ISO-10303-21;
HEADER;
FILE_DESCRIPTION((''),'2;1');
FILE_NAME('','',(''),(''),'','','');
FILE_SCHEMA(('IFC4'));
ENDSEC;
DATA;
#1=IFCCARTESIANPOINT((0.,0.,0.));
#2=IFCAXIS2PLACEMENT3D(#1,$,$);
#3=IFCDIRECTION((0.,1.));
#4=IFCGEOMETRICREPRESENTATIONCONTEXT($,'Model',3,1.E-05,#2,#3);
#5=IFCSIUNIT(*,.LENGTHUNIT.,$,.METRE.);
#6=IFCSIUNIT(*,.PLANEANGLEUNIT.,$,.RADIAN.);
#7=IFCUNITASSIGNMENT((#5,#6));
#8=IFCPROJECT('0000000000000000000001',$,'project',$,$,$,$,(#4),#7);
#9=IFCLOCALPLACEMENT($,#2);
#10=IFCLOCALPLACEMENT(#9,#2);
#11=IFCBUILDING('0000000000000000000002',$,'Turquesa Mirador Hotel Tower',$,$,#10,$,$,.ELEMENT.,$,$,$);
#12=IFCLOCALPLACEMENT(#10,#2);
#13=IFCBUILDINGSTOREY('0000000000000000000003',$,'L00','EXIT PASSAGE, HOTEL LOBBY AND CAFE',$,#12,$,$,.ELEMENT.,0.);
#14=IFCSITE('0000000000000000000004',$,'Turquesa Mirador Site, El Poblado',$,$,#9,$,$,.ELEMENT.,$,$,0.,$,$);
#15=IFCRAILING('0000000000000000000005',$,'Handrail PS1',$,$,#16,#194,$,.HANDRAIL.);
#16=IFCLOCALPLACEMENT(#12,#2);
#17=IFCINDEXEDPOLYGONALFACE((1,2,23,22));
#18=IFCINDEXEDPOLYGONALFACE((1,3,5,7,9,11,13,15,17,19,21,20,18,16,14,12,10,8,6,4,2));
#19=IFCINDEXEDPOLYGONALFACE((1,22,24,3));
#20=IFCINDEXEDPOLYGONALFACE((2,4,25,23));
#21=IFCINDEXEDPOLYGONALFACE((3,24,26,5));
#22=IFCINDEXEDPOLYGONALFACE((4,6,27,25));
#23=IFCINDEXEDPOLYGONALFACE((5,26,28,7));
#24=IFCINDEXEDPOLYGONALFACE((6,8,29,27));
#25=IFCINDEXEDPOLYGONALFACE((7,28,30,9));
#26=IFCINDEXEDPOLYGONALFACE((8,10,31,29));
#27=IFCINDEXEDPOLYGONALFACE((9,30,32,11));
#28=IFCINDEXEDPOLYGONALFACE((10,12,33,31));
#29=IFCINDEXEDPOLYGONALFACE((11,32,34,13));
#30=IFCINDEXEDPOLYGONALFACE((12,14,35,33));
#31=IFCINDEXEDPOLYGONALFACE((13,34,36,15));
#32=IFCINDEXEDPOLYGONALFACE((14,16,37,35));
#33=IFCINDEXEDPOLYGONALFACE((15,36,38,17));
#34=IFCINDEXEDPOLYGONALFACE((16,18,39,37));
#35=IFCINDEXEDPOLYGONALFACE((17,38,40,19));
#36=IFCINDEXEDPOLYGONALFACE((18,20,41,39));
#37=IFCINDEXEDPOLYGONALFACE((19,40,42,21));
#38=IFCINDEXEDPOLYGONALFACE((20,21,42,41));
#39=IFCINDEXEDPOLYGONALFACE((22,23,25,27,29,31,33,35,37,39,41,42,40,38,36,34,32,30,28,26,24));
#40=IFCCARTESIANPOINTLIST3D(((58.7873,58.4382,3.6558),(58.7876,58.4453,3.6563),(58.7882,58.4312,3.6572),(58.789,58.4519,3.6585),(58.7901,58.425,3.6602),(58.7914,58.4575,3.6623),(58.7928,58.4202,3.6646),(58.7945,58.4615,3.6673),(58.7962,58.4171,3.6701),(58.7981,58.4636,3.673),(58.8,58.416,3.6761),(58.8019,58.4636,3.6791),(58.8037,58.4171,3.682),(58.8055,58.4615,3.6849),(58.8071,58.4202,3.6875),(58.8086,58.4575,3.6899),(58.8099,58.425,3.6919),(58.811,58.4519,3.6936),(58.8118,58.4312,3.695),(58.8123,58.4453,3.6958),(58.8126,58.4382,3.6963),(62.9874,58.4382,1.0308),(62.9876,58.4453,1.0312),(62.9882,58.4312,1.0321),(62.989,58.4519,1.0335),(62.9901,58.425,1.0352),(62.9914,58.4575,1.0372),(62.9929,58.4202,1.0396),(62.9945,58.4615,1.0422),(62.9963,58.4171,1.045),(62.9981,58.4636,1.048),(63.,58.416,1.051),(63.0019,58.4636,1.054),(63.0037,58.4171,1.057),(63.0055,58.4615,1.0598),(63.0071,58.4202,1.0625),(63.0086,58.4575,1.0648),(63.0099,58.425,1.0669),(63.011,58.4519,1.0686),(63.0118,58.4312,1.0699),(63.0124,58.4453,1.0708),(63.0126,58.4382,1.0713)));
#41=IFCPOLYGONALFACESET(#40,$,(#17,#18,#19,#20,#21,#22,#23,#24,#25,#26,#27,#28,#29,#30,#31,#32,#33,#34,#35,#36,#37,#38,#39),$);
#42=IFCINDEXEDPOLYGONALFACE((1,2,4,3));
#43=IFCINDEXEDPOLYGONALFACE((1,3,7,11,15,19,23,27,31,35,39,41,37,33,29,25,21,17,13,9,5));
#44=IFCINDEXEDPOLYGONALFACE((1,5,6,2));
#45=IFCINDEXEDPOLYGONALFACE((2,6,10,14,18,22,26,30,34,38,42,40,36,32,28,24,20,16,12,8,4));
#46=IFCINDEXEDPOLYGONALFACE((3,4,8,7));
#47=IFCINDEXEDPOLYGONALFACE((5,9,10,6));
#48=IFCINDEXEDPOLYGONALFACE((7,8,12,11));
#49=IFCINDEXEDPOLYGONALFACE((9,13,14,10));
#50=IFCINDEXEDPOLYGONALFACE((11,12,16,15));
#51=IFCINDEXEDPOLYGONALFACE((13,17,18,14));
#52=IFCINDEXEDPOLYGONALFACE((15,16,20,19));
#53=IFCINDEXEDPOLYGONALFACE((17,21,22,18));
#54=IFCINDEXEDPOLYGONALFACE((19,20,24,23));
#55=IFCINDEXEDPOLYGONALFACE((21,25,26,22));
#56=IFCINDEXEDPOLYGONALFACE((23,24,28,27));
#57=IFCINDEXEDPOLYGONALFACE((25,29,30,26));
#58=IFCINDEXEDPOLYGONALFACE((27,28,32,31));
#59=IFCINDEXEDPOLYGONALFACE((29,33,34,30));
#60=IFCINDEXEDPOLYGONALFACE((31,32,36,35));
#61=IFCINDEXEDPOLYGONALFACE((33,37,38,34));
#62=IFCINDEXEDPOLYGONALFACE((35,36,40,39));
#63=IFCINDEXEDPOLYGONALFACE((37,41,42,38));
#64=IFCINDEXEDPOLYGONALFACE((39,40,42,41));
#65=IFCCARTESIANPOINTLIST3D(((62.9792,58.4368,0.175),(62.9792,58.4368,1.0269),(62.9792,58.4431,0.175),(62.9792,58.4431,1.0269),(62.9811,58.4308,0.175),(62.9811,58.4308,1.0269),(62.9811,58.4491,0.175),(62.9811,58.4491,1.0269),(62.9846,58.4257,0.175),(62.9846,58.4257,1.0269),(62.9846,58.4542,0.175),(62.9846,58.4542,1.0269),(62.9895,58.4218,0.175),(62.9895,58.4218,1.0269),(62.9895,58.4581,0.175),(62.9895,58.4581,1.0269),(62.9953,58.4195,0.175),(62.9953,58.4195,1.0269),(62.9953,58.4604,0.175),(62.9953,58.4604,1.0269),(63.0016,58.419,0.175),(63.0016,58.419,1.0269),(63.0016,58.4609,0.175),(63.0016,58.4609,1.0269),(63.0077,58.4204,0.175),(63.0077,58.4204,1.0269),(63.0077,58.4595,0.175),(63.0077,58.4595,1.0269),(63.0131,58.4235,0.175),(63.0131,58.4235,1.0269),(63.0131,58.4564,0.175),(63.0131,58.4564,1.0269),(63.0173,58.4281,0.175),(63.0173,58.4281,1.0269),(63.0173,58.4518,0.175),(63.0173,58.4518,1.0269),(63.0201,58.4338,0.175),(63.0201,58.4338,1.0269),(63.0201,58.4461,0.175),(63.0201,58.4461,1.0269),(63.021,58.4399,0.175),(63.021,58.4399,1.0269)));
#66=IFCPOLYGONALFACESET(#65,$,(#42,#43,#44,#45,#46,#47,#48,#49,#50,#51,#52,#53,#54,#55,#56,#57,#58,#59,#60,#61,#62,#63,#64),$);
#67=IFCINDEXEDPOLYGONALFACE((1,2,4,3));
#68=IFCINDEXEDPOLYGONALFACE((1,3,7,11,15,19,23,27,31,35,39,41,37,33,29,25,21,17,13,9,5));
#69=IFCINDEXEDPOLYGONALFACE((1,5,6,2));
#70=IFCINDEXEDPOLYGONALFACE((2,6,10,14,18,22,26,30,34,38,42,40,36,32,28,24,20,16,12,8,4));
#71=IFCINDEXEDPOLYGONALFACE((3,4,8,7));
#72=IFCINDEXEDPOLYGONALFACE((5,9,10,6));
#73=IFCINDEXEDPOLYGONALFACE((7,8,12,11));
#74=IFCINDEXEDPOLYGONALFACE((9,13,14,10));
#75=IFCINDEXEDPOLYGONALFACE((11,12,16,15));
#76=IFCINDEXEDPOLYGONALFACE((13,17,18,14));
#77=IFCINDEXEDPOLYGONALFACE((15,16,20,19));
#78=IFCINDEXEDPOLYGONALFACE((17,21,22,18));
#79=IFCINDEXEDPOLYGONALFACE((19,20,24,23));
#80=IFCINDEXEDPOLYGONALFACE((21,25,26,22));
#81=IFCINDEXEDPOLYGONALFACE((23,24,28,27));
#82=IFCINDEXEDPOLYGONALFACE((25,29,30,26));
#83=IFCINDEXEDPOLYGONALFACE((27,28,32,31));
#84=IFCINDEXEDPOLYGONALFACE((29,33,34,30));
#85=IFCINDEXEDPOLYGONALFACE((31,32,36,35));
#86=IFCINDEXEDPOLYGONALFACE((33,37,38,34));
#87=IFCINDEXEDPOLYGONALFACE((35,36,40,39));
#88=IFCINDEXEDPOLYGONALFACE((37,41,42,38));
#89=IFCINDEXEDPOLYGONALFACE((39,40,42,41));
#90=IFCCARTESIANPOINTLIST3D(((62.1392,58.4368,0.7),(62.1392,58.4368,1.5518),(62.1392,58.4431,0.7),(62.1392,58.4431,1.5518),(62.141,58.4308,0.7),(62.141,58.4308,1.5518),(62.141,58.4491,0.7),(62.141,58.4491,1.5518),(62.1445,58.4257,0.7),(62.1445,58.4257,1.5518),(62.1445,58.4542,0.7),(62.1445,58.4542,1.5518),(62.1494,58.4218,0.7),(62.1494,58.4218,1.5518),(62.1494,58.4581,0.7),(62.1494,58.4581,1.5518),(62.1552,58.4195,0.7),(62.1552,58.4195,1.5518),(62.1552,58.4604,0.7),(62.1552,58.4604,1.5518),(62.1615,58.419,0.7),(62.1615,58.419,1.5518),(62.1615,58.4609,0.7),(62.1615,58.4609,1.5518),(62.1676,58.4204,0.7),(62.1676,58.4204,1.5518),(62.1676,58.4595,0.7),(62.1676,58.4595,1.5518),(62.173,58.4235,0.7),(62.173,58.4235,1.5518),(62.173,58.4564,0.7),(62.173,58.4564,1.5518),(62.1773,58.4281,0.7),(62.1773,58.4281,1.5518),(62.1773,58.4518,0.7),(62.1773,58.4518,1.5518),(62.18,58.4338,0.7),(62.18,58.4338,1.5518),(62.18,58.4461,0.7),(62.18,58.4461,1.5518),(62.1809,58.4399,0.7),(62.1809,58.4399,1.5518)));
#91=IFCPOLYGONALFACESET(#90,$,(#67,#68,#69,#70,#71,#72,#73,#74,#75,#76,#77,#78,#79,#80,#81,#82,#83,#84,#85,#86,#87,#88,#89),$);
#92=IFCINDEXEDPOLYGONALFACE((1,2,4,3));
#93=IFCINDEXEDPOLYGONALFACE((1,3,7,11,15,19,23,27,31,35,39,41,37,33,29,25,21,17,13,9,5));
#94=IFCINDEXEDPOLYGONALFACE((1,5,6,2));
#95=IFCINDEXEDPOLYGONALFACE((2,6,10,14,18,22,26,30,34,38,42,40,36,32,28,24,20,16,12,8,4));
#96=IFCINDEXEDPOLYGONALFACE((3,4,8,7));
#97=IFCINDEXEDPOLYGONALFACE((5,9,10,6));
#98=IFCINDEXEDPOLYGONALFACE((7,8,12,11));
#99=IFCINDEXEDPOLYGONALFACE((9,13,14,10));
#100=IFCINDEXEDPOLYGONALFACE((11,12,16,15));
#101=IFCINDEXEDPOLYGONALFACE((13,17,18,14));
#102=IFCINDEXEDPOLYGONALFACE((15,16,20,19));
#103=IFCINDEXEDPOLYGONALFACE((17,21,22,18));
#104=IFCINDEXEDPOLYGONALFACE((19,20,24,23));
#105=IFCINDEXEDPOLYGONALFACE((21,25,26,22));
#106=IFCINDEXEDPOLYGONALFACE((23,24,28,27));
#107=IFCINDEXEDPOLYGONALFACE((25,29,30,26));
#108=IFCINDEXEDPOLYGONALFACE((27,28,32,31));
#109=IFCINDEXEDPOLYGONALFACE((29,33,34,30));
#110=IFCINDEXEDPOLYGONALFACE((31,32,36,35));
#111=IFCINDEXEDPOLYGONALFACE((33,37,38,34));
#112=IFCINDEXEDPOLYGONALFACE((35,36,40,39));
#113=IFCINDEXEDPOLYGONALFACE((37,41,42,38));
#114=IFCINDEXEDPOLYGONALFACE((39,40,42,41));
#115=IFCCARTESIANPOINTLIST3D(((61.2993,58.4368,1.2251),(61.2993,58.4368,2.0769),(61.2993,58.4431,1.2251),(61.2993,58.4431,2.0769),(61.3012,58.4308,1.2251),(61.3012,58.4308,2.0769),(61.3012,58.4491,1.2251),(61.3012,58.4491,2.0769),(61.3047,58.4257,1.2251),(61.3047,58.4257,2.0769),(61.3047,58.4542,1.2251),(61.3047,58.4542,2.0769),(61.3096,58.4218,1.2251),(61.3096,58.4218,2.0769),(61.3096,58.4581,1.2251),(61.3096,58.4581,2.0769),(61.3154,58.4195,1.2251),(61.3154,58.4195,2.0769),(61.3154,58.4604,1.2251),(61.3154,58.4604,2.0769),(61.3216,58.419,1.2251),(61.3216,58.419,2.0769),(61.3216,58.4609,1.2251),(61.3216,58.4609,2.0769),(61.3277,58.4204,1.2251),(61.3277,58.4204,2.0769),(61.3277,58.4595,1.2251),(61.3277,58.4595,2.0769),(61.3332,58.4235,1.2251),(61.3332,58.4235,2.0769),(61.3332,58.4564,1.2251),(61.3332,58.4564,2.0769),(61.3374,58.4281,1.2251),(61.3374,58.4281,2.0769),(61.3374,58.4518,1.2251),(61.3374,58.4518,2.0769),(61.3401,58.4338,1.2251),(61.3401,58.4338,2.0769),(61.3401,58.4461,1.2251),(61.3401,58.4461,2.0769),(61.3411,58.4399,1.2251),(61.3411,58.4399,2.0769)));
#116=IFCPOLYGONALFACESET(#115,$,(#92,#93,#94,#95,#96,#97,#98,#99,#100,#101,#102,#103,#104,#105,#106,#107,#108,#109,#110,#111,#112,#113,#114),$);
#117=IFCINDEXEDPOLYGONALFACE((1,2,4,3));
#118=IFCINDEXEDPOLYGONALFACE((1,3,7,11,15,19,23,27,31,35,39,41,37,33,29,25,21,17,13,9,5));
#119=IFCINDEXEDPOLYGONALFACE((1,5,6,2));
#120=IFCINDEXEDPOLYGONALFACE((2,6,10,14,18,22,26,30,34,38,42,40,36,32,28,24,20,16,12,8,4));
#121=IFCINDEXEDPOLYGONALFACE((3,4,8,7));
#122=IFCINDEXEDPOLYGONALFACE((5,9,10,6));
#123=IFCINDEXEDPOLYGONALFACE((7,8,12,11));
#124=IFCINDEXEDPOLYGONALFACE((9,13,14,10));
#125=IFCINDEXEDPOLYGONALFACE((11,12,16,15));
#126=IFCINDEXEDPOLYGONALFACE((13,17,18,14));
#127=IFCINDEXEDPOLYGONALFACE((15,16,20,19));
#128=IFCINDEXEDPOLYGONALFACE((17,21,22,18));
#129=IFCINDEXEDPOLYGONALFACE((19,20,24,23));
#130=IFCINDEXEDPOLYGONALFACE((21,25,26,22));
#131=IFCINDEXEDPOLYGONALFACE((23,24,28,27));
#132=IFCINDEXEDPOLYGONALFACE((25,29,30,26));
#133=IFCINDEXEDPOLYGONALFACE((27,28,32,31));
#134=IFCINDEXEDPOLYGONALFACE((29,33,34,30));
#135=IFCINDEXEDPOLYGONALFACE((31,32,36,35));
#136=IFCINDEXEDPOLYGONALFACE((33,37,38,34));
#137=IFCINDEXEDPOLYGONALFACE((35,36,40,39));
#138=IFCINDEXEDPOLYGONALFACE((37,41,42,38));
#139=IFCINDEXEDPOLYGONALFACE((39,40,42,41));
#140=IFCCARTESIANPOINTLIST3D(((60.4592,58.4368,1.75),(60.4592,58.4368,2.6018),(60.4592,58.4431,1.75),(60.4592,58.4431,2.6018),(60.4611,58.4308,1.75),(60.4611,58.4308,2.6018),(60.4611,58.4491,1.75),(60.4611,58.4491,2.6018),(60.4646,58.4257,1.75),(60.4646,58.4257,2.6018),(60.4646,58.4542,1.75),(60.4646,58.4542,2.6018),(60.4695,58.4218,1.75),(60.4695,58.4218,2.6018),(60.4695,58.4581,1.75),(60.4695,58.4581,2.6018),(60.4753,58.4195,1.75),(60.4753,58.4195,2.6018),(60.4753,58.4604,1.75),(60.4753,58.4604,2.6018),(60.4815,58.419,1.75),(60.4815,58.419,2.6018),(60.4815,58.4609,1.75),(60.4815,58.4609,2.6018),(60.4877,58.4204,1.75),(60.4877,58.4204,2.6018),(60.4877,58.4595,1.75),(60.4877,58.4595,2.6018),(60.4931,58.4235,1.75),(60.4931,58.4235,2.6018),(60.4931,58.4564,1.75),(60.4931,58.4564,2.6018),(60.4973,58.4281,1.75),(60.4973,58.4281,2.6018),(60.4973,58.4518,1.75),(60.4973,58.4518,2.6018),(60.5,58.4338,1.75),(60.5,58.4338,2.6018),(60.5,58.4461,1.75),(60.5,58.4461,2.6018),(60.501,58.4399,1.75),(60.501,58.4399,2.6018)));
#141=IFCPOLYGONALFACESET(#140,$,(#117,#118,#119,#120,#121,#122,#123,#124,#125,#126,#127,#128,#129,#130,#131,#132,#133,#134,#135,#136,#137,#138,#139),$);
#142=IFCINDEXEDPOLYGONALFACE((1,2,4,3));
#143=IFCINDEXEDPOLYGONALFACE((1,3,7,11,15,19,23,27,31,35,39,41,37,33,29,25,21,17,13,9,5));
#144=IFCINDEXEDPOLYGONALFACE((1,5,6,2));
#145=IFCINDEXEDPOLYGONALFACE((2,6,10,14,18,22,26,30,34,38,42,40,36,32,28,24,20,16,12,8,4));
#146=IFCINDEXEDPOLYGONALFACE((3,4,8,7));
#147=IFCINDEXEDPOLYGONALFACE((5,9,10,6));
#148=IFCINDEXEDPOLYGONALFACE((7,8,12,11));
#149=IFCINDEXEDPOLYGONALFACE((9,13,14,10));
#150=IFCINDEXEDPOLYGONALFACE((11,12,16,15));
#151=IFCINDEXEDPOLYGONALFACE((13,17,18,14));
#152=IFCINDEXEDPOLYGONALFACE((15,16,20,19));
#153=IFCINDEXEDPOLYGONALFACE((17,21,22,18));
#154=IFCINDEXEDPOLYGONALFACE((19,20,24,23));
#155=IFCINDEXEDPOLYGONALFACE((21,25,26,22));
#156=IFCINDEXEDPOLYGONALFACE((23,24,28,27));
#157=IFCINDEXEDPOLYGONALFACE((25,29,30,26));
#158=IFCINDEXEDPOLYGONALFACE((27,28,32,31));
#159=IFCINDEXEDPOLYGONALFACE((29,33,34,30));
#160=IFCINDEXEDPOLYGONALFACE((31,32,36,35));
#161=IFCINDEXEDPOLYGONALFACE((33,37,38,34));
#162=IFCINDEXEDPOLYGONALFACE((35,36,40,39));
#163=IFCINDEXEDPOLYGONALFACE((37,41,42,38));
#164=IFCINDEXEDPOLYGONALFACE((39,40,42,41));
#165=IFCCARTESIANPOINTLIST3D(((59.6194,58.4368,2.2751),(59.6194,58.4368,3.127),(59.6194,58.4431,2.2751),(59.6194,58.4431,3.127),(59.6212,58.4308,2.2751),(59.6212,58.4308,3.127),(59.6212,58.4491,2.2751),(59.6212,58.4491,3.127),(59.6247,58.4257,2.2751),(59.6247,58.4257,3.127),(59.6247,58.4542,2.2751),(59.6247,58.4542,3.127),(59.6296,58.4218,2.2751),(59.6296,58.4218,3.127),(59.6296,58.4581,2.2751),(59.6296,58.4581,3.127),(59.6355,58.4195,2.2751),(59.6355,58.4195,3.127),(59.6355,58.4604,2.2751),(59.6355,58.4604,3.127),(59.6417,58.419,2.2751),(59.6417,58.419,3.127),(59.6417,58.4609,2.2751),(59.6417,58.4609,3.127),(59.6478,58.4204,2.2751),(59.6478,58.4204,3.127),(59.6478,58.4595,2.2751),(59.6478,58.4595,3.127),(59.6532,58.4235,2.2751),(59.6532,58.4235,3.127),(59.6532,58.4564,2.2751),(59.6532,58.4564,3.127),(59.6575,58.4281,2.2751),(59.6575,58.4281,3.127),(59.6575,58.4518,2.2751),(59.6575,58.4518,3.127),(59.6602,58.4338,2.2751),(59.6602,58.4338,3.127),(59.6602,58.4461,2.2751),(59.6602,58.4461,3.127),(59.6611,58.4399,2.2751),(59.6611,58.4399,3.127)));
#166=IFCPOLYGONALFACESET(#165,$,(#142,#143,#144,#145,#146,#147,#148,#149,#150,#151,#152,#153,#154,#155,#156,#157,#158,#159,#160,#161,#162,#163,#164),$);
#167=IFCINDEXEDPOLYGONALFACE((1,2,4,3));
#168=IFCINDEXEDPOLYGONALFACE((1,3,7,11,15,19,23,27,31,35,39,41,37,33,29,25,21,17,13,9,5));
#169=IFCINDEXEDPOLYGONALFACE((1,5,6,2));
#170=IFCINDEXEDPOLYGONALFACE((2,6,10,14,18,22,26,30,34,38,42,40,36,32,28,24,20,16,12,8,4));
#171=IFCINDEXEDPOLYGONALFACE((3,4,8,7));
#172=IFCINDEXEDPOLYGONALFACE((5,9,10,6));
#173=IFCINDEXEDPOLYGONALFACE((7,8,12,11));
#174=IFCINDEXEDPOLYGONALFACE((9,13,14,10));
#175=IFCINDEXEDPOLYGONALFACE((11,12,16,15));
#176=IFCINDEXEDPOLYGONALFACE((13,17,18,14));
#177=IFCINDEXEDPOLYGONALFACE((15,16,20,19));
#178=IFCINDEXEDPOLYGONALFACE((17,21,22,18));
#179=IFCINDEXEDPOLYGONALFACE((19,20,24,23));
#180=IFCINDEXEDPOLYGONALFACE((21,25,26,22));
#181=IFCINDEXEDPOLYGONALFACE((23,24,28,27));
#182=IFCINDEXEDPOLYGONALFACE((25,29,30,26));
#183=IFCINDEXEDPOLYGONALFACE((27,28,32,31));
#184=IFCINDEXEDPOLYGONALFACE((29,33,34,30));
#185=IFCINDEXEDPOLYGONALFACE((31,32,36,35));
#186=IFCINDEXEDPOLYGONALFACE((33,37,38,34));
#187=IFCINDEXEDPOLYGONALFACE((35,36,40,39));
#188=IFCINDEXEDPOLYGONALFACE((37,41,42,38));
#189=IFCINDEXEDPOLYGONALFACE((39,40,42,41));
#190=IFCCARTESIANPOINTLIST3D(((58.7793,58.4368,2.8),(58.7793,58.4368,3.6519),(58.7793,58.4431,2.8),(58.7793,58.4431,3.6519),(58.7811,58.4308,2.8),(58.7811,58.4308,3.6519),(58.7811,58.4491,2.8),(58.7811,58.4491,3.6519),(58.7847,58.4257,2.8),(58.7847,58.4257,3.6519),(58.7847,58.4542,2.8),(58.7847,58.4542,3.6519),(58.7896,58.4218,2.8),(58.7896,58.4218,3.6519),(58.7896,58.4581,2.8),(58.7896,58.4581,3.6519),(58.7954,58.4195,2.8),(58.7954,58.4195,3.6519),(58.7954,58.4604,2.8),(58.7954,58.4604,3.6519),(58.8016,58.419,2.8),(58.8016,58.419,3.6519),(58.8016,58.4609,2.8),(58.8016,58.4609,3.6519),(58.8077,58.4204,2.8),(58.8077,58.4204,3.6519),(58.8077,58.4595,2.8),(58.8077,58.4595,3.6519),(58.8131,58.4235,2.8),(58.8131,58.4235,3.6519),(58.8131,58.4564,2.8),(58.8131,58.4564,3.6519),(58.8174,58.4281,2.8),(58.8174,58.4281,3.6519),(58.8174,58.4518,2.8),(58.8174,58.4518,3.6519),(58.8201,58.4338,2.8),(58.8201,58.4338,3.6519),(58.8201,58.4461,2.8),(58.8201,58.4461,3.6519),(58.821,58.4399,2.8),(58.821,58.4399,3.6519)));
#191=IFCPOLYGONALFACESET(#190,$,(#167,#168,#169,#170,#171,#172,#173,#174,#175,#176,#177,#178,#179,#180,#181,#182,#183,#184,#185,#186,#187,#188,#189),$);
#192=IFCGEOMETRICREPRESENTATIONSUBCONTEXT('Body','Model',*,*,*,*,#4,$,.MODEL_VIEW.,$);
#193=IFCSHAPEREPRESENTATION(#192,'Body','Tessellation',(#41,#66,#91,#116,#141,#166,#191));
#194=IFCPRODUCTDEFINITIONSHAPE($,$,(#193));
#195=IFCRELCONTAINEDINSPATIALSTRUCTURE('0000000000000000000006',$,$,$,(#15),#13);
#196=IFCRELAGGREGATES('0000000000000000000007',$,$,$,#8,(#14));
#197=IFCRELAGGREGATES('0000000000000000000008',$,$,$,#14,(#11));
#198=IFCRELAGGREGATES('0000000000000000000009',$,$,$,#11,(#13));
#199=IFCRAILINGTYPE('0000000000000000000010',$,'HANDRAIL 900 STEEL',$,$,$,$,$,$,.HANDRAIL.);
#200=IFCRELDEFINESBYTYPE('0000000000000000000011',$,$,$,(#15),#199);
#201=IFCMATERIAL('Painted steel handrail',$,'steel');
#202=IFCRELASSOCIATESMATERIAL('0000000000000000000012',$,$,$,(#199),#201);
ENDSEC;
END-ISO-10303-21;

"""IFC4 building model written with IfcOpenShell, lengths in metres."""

from ifc_helpers import new_model, si_unit, direction, frame, origin, origin_2d, place, context, subcontext, project, spatial, circle, extrude, material, type_object, element, save


model = new_model("IFC4")

# Units and contexts
model_context = context("Model", 3, precision=1e-05, world=origin(), true_north=direction((0.0, 1.0)))
body_context = subcontext(model_context, "Body", "Model", "MODEL_VIEW")
ifc_project = project(units=[si_unit("LENGTHUNIT", "METRE"), si_unit("PLANEANGLEUNIT", "RADIAN")], contexts=[model_context])

# Site, building, storey
site_placement = place(None, origin())
site = spatial("IfcSite", under=ifc_project, at=site_placement, Name="Turquesa Mirador Site, El Poblado", CompositionType="ELEMENT", RefElevation=0.0)
building_placement = place(site_placement, origin())
building = spatial("IfcBuilding", under=site, at=building_placement, Name="Turquesa Mirador Hotel Tower", CompositionType="ELEMENT")
storey_placement = place(building_placement, origin())
storey = spatial("IfcBuildingStorey", under=building, at=storey_placement, Name="L00", Description="EXIT PASSAGE, HOTEL LOBBY AND CAFE", CompositionType="ELEMENT", Elevation=0.0)

# Railing
ifc_material_1 = material(Name="Painted steel handrail", Category="steel")
railing_type = type_object("IfcRailingType", Name="HANDRAIL 900 STEEL", PredefinedType="HANDRAIL", material=ifc_material_1)
railing_1_placement = place(storey_placement, frame((63.0, 58.4399, 0.175)))
element("IfcRailing", 1, at=railing_1_placement, inside=storey, type_object=railing_type, Name="Handrail PS1", PredefinedType="HANDRAIL", context=body_context, shape_type="SweptSolid", body=[
    extrude(circle(Radius=0.0239, at=origin_2d()), frame((0.0, 0.0, 0.876), z_axis=(-0.847996, 0.0, 0.530003), x_axis=(0.0, -1.0, 0.0)), (0.0, 0.0, 1.0), 4.9529),
    extrude(circle(Radius=0.021, at=origin_2d()), origin(), (0.0, 0.0, 1.0), 0.8518),
    extrude(circle(Radius=0.021, at=origin_2d()), frame((-0.8401, 0.0, 0.5249)), (0.0, 0.0, 1.0), 0.8518),
    extrude(circle(Radius=0.021, at=origin_2d()), frame((-1.6799, 0.0, 1.05)), (0.0, 0.0, 1.0), 0.8518),
    extrude(circle(Radius=0.021, at=origin_2d()), frame((-2.52, 0.0, 1.575)), (0.0, 0.0, 1.0), 0.8518),
    extrude(circle(Radius=0.021, at=origin_2d()), frame((-3.3599, 0.0, 2.1001)), (0.0, 0.0, 1.0), 0.8518),
    extrude(circle(Radius=0.021, at=origin_2d()), frame((-4.2, 0.0, 2.625)), (0.0, 0.0, 1.0), 0.8518),
])

save(model, "model.ifc")
